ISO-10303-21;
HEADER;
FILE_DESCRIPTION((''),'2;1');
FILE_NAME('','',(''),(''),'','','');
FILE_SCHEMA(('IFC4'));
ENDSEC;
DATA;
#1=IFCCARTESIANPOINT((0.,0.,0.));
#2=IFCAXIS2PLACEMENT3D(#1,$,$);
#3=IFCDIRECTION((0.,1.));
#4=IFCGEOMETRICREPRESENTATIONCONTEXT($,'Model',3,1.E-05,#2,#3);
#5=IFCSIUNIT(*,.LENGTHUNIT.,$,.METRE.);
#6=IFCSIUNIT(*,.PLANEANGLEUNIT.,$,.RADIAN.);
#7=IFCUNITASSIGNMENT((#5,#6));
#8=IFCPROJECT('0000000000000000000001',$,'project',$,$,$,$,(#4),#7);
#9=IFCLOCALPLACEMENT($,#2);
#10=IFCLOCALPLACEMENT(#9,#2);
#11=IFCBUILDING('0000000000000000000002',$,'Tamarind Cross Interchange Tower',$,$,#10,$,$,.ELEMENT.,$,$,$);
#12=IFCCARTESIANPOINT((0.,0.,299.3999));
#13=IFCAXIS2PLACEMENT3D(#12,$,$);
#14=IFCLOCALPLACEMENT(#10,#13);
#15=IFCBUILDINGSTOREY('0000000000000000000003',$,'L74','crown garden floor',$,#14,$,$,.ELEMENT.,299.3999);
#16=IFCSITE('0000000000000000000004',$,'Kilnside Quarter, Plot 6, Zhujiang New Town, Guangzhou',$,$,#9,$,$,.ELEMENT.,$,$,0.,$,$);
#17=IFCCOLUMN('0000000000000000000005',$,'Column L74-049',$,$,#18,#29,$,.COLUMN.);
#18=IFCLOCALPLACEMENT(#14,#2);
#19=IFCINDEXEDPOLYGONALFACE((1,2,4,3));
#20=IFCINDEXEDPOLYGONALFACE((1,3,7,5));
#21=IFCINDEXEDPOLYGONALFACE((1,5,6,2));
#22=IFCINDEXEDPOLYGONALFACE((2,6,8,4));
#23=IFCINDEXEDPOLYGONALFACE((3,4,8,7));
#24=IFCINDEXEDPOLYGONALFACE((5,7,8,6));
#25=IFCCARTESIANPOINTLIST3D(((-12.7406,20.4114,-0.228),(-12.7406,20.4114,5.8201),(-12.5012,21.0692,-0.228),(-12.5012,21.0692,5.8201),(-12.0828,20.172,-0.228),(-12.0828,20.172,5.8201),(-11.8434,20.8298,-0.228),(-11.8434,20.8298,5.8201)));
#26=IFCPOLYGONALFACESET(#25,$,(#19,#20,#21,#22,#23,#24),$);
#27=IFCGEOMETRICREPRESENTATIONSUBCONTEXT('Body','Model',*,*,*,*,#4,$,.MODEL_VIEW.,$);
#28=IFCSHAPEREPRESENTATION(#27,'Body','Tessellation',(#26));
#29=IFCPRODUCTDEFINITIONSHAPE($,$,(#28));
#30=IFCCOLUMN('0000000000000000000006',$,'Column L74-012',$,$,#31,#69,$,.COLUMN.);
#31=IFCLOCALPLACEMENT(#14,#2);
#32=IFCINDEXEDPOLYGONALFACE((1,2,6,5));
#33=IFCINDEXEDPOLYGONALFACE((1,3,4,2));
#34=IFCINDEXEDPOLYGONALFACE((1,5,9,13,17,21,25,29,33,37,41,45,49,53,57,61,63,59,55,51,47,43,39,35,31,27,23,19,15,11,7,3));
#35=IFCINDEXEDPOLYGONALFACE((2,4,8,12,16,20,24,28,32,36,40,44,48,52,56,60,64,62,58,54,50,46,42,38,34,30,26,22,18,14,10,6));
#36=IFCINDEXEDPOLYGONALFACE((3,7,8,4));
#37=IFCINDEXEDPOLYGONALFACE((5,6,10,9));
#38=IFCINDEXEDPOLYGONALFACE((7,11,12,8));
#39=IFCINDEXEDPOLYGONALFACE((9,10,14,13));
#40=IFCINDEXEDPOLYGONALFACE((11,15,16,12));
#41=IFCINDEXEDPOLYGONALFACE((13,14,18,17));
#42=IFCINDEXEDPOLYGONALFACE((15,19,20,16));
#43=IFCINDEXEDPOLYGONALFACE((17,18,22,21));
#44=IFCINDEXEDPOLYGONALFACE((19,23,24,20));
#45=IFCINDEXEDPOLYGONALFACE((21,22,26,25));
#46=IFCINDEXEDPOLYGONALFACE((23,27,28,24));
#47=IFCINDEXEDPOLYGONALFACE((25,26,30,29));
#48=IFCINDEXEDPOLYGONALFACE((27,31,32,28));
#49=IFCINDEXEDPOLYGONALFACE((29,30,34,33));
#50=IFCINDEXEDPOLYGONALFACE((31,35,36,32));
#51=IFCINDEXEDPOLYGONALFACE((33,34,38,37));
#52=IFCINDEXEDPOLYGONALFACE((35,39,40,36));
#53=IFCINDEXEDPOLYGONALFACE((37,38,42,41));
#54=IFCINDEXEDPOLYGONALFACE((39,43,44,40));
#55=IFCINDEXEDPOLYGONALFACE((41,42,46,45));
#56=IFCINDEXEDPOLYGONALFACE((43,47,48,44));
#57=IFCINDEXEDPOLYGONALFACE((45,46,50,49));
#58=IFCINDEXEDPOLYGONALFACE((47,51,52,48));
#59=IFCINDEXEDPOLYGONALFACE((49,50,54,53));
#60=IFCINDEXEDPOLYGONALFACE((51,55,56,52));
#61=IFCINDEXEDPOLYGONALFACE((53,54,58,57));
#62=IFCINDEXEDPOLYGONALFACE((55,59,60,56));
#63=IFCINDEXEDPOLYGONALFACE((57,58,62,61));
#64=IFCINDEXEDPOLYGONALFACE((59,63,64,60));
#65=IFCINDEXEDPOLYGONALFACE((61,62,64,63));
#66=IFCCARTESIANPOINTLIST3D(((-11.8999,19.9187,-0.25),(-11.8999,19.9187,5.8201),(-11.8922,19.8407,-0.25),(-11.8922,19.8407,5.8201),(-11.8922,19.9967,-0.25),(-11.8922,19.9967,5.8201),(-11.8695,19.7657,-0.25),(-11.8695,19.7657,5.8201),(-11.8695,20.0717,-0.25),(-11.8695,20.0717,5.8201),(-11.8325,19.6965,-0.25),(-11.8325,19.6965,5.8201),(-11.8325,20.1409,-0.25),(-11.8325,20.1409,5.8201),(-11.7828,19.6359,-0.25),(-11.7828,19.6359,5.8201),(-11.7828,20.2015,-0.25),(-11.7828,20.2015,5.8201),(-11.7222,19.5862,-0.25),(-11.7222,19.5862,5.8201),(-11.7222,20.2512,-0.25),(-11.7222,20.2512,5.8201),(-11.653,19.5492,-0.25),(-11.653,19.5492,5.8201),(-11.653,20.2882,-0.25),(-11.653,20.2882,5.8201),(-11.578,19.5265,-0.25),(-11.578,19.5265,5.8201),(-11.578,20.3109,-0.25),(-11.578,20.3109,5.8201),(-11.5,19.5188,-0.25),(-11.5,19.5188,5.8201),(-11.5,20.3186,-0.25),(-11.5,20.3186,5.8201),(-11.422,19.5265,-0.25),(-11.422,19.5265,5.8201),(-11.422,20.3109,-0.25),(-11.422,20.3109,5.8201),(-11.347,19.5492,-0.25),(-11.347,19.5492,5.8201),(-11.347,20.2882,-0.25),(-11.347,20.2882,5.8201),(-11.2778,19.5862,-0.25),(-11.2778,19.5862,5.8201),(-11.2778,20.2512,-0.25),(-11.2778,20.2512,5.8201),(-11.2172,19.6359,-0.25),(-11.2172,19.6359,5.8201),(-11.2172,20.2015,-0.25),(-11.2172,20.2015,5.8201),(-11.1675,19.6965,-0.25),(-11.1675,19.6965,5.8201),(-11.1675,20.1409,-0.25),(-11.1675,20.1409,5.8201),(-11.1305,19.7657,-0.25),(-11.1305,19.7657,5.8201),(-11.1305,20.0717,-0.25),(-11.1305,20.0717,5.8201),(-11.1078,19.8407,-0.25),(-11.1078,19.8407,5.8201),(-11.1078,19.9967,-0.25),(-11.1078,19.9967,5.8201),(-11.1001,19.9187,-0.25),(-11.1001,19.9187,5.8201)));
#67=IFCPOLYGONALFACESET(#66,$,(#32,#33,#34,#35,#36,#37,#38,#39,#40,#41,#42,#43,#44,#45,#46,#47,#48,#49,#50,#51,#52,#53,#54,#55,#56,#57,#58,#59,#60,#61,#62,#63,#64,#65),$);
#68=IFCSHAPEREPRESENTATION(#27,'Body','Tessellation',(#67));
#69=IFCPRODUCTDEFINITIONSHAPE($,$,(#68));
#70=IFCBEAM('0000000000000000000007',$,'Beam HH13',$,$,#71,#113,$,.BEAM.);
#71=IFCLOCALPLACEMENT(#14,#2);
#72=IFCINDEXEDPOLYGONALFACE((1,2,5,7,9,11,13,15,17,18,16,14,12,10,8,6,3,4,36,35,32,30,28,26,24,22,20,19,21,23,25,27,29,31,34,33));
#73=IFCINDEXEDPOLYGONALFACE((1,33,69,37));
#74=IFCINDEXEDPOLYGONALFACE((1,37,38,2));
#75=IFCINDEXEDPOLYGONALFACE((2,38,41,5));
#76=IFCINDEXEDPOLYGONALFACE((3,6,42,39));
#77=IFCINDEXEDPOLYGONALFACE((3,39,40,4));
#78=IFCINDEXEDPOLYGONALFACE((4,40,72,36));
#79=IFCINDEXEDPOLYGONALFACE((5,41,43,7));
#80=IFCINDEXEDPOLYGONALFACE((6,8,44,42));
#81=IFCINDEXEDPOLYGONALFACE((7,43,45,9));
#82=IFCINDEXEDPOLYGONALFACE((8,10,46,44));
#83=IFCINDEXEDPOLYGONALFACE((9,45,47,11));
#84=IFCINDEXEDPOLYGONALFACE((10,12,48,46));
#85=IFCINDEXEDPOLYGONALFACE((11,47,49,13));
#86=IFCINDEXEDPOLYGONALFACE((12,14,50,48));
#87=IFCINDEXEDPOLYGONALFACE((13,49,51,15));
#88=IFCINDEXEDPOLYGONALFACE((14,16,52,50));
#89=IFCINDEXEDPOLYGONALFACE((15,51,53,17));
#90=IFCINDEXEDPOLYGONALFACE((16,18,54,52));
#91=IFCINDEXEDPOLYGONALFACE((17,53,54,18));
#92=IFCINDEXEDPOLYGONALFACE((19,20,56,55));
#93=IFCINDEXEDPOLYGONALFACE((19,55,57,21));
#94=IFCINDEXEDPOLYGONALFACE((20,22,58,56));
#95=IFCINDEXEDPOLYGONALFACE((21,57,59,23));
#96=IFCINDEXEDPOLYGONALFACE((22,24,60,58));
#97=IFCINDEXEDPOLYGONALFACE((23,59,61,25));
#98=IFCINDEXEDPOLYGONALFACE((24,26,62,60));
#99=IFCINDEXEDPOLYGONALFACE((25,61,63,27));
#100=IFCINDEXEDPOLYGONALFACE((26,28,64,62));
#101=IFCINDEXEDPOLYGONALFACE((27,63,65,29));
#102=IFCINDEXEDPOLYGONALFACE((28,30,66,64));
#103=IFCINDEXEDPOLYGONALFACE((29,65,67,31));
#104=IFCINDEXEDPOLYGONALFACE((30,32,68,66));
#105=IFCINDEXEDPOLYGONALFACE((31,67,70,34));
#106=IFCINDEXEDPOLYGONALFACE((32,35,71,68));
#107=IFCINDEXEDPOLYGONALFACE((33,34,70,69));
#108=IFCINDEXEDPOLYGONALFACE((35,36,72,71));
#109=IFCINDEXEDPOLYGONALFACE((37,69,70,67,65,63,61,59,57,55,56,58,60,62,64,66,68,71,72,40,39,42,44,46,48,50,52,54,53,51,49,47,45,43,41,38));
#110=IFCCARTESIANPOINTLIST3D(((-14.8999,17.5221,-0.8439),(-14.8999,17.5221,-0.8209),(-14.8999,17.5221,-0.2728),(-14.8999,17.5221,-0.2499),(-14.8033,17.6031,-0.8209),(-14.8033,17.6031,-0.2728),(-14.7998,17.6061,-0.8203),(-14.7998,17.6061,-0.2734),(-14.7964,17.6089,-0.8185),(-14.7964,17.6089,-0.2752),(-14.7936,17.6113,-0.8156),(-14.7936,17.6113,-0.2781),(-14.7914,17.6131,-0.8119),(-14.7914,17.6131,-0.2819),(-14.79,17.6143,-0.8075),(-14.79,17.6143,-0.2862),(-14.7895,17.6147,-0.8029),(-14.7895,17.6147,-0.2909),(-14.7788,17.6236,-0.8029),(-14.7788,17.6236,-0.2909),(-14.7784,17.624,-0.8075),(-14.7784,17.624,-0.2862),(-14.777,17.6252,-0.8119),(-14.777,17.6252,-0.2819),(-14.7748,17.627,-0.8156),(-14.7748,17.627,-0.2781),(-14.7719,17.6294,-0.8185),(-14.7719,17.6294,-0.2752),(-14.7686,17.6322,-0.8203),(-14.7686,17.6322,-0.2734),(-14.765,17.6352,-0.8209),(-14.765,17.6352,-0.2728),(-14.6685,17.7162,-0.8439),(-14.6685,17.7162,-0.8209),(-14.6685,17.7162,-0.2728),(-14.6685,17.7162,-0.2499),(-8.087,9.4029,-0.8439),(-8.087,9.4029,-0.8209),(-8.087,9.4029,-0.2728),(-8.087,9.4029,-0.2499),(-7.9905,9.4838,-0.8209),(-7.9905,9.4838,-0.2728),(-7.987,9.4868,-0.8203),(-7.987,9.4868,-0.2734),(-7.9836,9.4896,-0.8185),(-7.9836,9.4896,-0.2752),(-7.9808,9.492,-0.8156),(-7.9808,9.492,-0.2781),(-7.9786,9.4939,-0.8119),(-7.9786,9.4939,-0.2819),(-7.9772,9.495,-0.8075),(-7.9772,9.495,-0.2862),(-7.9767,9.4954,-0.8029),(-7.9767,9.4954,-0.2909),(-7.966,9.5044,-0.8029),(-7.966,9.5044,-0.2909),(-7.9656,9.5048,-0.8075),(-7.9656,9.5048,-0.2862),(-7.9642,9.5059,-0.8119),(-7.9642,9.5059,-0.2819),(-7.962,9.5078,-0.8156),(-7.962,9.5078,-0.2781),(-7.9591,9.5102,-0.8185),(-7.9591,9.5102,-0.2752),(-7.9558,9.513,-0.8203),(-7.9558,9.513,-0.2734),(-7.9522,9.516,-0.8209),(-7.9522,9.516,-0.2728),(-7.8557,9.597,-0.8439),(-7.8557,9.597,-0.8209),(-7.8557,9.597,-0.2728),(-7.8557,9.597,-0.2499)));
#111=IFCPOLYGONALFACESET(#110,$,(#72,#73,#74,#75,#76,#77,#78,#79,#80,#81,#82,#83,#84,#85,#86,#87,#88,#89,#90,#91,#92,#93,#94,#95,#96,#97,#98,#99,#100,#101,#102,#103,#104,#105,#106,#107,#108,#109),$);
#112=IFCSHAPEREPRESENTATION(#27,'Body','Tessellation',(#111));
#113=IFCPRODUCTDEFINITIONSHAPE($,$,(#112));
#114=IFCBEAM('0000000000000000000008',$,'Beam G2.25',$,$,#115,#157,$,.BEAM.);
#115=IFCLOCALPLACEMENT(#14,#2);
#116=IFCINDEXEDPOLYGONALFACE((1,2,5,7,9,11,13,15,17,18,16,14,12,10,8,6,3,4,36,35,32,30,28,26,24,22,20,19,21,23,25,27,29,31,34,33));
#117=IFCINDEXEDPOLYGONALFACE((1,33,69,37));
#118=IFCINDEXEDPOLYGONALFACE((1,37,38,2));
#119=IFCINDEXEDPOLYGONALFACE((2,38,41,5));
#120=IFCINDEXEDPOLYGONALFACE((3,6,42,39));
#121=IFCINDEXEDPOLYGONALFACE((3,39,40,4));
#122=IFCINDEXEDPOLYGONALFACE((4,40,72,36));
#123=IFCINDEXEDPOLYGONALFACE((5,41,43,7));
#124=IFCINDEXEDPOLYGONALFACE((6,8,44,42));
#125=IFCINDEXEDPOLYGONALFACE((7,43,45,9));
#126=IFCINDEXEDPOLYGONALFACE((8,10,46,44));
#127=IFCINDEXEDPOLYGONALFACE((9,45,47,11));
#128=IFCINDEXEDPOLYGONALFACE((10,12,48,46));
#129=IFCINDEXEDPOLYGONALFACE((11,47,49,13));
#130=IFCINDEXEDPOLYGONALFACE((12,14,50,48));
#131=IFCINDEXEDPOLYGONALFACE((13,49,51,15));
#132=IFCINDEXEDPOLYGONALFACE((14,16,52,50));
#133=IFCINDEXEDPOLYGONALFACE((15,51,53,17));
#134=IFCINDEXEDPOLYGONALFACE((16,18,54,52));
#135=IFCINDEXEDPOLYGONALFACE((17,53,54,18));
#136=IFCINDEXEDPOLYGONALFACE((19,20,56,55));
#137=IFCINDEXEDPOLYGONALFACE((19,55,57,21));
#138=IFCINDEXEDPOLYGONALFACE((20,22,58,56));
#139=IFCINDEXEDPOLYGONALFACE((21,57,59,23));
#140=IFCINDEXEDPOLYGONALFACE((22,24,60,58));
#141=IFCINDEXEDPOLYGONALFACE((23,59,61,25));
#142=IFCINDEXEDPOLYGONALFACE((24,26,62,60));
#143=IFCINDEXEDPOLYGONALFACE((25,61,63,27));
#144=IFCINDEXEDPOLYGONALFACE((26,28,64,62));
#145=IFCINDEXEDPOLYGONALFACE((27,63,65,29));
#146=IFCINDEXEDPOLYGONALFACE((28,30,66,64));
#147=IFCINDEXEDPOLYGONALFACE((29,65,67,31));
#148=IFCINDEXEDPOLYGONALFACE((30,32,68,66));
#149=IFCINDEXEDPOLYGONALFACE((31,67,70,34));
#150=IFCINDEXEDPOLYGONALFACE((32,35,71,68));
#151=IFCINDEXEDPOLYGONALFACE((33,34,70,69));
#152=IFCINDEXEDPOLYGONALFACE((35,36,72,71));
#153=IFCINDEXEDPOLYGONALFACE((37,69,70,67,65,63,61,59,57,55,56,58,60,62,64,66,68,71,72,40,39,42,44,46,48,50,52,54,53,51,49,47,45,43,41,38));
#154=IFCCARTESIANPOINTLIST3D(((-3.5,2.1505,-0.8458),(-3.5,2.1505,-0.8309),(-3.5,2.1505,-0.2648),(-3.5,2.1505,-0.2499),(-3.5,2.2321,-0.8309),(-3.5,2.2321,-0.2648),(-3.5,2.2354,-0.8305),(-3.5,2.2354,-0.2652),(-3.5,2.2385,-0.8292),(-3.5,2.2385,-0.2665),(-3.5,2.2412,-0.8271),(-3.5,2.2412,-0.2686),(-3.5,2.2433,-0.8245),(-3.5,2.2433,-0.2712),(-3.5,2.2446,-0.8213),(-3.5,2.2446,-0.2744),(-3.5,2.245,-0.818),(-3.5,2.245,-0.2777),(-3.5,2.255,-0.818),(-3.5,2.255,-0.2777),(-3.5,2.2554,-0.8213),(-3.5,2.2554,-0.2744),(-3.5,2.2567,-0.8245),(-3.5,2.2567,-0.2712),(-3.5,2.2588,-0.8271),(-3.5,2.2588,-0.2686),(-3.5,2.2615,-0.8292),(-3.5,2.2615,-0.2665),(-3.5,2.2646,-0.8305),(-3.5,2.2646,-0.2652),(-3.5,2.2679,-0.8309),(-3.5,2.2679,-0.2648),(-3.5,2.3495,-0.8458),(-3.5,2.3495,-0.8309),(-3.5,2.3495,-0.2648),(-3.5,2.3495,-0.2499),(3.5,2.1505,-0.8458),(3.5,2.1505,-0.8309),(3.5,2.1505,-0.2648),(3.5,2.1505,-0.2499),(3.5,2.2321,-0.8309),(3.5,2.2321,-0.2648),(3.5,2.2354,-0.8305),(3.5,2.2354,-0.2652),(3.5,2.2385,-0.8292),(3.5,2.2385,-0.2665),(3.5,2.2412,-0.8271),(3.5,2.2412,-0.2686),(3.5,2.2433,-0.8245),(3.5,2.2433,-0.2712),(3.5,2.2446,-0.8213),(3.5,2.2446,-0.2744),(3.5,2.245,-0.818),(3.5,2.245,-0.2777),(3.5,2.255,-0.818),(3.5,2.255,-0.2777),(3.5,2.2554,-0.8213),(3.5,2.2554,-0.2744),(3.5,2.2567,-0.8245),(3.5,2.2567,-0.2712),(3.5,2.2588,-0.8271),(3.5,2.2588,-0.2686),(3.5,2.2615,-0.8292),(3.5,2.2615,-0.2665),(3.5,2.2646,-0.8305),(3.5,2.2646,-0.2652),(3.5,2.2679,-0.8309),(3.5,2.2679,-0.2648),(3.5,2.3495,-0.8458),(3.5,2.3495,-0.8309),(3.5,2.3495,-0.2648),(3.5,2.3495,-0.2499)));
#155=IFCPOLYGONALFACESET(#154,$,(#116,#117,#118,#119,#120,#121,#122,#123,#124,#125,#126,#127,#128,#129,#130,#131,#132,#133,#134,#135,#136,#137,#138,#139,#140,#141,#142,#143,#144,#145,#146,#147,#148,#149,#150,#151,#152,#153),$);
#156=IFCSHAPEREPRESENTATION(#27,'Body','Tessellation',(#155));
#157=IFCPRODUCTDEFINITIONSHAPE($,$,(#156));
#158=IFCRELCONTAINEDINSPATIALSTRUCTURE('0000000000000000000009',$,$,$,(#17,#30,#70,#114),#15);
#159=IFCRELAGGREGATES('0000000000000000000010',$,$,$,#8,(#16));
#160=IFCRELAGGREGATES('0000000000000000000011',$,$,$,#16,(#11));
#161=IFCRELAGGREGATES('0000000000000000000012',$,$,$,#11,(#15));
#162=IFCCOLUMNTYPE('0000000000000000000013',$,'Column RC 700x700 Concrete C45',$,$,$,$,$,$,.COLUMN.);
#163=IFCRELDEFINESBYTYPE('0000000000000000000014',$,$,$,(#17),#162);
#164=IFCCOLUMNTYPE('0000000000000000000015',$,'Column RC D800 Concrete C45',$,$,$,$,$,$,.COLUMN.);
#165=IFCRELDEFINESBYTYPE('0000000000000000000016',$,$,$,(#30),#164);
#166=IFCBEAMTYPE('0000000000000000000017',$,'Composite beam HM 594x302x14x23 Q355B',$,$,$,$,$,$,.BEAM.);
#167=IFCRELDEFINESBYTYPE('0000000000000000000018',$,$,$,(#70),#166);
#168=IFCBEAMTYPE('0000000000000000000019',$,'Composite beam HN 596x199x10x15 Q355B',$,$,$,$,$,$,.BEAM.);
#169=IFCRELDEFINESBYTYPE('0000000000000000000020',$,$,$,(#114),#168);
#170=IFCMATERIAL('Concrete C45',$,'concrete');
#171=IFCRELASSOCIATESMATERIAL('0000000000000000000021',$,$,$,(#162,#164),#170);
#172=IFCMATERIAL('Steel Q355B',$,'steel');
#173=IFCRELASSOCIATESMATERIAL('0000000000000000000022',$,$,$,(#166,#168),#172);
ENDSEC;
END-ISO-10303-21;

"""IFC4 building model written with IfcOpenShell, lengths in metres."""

from ifc_helpers import new_model, si_unit, direction, frame, origin, origin_2d, place, context, subcontext, project, spatial, rectangle, circle, i_section, extrude, material, material_profile, profile_set, type_object, element, save


model = new_model("IFC4")

# Units and contexts
model_context = context("Model", 3, precision=1e-05, world=origin(), true_north=direction((0.0, 1.0)))
body_context = subcontext(model_context, "Body", "Model", "MODEL_VIEW")
ifc_project = project(units=[si_unit("LENGTHUNIT", "METRE"), si_unit("PLANEANGLEUNIT", "RADIAN")], contexts=[model_context])

# Site, building, storey
site_placement = place(None, origin())
site = spatial("IfcSite", under=ifc_project, at=site_placement, Name="Kilnside Quarter, Plot 6, Zhujiang New Town, Guangzhou", CompositionType="ELEMENT", RefElevation=0.0)
building_placement = place(site_placement, origin())
building = spatial("IfcBuilding", under=site, at=building_placement, Name="Tamarind Cross Interchange Tower", CompositionType="ELEMENT")
storey_placement = place(building_placement, frame((0.0, 0.0, 299.3999)))
storey = spatial("IfcBuildingStorey", under=building, at=storey_placement, Name="L74", Description="crown garden floor", CompositionType="ELEMENT", Elevation=299.3999)

# Columns
ifc_material_1 = material(Name="Concrete C45", Category="concrete")
ifc_material_profile_1 = material_profile(ifc_material_1, rectangle(XDim=0.7, YDim=0.7, at=origin_2d()), Name="RC 700x700")
ifc_profile_set_1 = profile_set([ifc_material_profile_1], Name="Concrete C45")
column_type_1 = type_object("IfcColumnType", Name="Column RC 700x700 Concrete C45", PredefinedType="COLUMN", material=ifc_profile_set_1)
column_1_placement = place(storey_placement, frame((-12.292, 20.6206, -0.228), z_axis=(0.0, 0.0, 1.0), x_axis=(0.341994, 0.939702, 0.0)))
element("IfcColumn", 1, at=column_1_placement, inside=storey, type_object=column_type_1, Name="Column L74-049", PredefinedType="COLUMN", context=body_context, shape_type="SweptSolid", body=[
    extrude(rectangle(XDim=0.7, YDim=0.7, at=origin_2d()), origin(), (0.0, 0.0, 1.0), 6.0481),
])
ifc_material_profile_2 = material_profile(ifc_material_1, circle(Radius=0.3999, at=origin_2d()), Name="RC D800")
ifc_profile_set_2 = profile_set([ifc_material_profile_2], Name="Concrete C45")
column_type_2 = type_object("IfcColumnType", Name="Column RC D800 Concrete C45", PredefinedType="COLUMN", material=ifc_profile_set_2)
column_2_placement = place(storey_placement, frame((-11.5, 19.9187, -0.25), z_axis=(0.0, 0.0, 1.0), x_axis=(1.0, 0.0, 0.0)))
element("IfcColumn", 2, at=column_2_placement, inside=storey, type_object=column_type_2, Name="Column L74-012", PredefinedType="COLUMN", context=body_context, shape_type="SweptSolid", body=[
    extrude(circle(Radius=0.3999, at=origin_2d()), origin(), (0.0, 0.0, 1.0), 6.0701),
])

# Beams
ifc_material_2 = material(Name="Steel Q355B", Category="steel")
ifc_material_profile_3 = material_profile(ifc_material_2, i_section(OverallWidth=0.302, OverallDepth=0.594, WebThickness=0.0139, FlangeThickness=0.0229, FilletRadius=0.0181, at=origin_2d()), Name="HM 594x302x14x23")
ifc_profile_set_3 = profile_set([ifc_material_profile_3], Name="Steel Q355B")
beam_type_1 = type_object("IfcBeamType", Name="Composite beam HM 594x302x14x23 Q355B", PredefinedType="BEAM", material=ifc_profile_set_3)
beam_placement = place(storey_placement, frame((-14.7842, 17.6191, -0.5469), z_axis=(0.642786, -0.766046, 0.0), x_axis=(0.766046, 0.642786, 0.0)))
element("IfcBeam", 3, at=beam_placement, inside=storey, type_object=beam_type_1, Name="Beam HH13", PredefinedType="BEAM", context=body_context, shape_type="SweptSolid", body=[
    extrude(i_section(OverallWidth=0.302, OverallDepth=0.594, WebThickness=0.0139, FlangeThickness=0.0229, FilletRadius=0.0181, at=origin_2d()), origin(), (0.0, 0.0, 1.0), 10.5989),
])
ifc_material_profile_4 = material_profile(ifc_material_2, i_section(OverallWidth=0.199, OverallDepth=0.5959, WebThickness=0.01, FlangeThickness=0.0149, FilletRadius=0.0129, at=origin_2d()), Name="HN 596x199x10x15")
ifc_profile_set_4 = profile_set([ifc_material_profile_4], Name="Steel Q355B")
beam_type_2 = type_object("IfcBeamType", Name="Composite beam HN 596x199x10x15 Q355B", PredefinedType="BEAM", material=ifc_profile_set_4)
for number, where, z_axis, x_axis, name in (
    (4, (-3.5, 2.25, -0.5479), (1.0, 0.0, 0.0), (0.0, 1.0, 0.0), "Beam G2.25"),
):
    element("IfcBeam", number, at=place(storey_placement, frame(where, z_axis=z_axis, x_axis=x_axis)), inside=storey, type_object=beam_type_2, Name=name, PredefinedType="BEAM", context=body_context, shape_type="SweptSolid", body=[
        extrude(i_section(OverallWidth=0.199, OverallDepth=0.5959, WebThickness=0.01, FlangeThickness=0.0149, FilletRadius=0.0129, at=origin_2d()), origin(), (0.0, 0.0, 1.0), 7.0),
    ])

save(model, "model.ifc")
